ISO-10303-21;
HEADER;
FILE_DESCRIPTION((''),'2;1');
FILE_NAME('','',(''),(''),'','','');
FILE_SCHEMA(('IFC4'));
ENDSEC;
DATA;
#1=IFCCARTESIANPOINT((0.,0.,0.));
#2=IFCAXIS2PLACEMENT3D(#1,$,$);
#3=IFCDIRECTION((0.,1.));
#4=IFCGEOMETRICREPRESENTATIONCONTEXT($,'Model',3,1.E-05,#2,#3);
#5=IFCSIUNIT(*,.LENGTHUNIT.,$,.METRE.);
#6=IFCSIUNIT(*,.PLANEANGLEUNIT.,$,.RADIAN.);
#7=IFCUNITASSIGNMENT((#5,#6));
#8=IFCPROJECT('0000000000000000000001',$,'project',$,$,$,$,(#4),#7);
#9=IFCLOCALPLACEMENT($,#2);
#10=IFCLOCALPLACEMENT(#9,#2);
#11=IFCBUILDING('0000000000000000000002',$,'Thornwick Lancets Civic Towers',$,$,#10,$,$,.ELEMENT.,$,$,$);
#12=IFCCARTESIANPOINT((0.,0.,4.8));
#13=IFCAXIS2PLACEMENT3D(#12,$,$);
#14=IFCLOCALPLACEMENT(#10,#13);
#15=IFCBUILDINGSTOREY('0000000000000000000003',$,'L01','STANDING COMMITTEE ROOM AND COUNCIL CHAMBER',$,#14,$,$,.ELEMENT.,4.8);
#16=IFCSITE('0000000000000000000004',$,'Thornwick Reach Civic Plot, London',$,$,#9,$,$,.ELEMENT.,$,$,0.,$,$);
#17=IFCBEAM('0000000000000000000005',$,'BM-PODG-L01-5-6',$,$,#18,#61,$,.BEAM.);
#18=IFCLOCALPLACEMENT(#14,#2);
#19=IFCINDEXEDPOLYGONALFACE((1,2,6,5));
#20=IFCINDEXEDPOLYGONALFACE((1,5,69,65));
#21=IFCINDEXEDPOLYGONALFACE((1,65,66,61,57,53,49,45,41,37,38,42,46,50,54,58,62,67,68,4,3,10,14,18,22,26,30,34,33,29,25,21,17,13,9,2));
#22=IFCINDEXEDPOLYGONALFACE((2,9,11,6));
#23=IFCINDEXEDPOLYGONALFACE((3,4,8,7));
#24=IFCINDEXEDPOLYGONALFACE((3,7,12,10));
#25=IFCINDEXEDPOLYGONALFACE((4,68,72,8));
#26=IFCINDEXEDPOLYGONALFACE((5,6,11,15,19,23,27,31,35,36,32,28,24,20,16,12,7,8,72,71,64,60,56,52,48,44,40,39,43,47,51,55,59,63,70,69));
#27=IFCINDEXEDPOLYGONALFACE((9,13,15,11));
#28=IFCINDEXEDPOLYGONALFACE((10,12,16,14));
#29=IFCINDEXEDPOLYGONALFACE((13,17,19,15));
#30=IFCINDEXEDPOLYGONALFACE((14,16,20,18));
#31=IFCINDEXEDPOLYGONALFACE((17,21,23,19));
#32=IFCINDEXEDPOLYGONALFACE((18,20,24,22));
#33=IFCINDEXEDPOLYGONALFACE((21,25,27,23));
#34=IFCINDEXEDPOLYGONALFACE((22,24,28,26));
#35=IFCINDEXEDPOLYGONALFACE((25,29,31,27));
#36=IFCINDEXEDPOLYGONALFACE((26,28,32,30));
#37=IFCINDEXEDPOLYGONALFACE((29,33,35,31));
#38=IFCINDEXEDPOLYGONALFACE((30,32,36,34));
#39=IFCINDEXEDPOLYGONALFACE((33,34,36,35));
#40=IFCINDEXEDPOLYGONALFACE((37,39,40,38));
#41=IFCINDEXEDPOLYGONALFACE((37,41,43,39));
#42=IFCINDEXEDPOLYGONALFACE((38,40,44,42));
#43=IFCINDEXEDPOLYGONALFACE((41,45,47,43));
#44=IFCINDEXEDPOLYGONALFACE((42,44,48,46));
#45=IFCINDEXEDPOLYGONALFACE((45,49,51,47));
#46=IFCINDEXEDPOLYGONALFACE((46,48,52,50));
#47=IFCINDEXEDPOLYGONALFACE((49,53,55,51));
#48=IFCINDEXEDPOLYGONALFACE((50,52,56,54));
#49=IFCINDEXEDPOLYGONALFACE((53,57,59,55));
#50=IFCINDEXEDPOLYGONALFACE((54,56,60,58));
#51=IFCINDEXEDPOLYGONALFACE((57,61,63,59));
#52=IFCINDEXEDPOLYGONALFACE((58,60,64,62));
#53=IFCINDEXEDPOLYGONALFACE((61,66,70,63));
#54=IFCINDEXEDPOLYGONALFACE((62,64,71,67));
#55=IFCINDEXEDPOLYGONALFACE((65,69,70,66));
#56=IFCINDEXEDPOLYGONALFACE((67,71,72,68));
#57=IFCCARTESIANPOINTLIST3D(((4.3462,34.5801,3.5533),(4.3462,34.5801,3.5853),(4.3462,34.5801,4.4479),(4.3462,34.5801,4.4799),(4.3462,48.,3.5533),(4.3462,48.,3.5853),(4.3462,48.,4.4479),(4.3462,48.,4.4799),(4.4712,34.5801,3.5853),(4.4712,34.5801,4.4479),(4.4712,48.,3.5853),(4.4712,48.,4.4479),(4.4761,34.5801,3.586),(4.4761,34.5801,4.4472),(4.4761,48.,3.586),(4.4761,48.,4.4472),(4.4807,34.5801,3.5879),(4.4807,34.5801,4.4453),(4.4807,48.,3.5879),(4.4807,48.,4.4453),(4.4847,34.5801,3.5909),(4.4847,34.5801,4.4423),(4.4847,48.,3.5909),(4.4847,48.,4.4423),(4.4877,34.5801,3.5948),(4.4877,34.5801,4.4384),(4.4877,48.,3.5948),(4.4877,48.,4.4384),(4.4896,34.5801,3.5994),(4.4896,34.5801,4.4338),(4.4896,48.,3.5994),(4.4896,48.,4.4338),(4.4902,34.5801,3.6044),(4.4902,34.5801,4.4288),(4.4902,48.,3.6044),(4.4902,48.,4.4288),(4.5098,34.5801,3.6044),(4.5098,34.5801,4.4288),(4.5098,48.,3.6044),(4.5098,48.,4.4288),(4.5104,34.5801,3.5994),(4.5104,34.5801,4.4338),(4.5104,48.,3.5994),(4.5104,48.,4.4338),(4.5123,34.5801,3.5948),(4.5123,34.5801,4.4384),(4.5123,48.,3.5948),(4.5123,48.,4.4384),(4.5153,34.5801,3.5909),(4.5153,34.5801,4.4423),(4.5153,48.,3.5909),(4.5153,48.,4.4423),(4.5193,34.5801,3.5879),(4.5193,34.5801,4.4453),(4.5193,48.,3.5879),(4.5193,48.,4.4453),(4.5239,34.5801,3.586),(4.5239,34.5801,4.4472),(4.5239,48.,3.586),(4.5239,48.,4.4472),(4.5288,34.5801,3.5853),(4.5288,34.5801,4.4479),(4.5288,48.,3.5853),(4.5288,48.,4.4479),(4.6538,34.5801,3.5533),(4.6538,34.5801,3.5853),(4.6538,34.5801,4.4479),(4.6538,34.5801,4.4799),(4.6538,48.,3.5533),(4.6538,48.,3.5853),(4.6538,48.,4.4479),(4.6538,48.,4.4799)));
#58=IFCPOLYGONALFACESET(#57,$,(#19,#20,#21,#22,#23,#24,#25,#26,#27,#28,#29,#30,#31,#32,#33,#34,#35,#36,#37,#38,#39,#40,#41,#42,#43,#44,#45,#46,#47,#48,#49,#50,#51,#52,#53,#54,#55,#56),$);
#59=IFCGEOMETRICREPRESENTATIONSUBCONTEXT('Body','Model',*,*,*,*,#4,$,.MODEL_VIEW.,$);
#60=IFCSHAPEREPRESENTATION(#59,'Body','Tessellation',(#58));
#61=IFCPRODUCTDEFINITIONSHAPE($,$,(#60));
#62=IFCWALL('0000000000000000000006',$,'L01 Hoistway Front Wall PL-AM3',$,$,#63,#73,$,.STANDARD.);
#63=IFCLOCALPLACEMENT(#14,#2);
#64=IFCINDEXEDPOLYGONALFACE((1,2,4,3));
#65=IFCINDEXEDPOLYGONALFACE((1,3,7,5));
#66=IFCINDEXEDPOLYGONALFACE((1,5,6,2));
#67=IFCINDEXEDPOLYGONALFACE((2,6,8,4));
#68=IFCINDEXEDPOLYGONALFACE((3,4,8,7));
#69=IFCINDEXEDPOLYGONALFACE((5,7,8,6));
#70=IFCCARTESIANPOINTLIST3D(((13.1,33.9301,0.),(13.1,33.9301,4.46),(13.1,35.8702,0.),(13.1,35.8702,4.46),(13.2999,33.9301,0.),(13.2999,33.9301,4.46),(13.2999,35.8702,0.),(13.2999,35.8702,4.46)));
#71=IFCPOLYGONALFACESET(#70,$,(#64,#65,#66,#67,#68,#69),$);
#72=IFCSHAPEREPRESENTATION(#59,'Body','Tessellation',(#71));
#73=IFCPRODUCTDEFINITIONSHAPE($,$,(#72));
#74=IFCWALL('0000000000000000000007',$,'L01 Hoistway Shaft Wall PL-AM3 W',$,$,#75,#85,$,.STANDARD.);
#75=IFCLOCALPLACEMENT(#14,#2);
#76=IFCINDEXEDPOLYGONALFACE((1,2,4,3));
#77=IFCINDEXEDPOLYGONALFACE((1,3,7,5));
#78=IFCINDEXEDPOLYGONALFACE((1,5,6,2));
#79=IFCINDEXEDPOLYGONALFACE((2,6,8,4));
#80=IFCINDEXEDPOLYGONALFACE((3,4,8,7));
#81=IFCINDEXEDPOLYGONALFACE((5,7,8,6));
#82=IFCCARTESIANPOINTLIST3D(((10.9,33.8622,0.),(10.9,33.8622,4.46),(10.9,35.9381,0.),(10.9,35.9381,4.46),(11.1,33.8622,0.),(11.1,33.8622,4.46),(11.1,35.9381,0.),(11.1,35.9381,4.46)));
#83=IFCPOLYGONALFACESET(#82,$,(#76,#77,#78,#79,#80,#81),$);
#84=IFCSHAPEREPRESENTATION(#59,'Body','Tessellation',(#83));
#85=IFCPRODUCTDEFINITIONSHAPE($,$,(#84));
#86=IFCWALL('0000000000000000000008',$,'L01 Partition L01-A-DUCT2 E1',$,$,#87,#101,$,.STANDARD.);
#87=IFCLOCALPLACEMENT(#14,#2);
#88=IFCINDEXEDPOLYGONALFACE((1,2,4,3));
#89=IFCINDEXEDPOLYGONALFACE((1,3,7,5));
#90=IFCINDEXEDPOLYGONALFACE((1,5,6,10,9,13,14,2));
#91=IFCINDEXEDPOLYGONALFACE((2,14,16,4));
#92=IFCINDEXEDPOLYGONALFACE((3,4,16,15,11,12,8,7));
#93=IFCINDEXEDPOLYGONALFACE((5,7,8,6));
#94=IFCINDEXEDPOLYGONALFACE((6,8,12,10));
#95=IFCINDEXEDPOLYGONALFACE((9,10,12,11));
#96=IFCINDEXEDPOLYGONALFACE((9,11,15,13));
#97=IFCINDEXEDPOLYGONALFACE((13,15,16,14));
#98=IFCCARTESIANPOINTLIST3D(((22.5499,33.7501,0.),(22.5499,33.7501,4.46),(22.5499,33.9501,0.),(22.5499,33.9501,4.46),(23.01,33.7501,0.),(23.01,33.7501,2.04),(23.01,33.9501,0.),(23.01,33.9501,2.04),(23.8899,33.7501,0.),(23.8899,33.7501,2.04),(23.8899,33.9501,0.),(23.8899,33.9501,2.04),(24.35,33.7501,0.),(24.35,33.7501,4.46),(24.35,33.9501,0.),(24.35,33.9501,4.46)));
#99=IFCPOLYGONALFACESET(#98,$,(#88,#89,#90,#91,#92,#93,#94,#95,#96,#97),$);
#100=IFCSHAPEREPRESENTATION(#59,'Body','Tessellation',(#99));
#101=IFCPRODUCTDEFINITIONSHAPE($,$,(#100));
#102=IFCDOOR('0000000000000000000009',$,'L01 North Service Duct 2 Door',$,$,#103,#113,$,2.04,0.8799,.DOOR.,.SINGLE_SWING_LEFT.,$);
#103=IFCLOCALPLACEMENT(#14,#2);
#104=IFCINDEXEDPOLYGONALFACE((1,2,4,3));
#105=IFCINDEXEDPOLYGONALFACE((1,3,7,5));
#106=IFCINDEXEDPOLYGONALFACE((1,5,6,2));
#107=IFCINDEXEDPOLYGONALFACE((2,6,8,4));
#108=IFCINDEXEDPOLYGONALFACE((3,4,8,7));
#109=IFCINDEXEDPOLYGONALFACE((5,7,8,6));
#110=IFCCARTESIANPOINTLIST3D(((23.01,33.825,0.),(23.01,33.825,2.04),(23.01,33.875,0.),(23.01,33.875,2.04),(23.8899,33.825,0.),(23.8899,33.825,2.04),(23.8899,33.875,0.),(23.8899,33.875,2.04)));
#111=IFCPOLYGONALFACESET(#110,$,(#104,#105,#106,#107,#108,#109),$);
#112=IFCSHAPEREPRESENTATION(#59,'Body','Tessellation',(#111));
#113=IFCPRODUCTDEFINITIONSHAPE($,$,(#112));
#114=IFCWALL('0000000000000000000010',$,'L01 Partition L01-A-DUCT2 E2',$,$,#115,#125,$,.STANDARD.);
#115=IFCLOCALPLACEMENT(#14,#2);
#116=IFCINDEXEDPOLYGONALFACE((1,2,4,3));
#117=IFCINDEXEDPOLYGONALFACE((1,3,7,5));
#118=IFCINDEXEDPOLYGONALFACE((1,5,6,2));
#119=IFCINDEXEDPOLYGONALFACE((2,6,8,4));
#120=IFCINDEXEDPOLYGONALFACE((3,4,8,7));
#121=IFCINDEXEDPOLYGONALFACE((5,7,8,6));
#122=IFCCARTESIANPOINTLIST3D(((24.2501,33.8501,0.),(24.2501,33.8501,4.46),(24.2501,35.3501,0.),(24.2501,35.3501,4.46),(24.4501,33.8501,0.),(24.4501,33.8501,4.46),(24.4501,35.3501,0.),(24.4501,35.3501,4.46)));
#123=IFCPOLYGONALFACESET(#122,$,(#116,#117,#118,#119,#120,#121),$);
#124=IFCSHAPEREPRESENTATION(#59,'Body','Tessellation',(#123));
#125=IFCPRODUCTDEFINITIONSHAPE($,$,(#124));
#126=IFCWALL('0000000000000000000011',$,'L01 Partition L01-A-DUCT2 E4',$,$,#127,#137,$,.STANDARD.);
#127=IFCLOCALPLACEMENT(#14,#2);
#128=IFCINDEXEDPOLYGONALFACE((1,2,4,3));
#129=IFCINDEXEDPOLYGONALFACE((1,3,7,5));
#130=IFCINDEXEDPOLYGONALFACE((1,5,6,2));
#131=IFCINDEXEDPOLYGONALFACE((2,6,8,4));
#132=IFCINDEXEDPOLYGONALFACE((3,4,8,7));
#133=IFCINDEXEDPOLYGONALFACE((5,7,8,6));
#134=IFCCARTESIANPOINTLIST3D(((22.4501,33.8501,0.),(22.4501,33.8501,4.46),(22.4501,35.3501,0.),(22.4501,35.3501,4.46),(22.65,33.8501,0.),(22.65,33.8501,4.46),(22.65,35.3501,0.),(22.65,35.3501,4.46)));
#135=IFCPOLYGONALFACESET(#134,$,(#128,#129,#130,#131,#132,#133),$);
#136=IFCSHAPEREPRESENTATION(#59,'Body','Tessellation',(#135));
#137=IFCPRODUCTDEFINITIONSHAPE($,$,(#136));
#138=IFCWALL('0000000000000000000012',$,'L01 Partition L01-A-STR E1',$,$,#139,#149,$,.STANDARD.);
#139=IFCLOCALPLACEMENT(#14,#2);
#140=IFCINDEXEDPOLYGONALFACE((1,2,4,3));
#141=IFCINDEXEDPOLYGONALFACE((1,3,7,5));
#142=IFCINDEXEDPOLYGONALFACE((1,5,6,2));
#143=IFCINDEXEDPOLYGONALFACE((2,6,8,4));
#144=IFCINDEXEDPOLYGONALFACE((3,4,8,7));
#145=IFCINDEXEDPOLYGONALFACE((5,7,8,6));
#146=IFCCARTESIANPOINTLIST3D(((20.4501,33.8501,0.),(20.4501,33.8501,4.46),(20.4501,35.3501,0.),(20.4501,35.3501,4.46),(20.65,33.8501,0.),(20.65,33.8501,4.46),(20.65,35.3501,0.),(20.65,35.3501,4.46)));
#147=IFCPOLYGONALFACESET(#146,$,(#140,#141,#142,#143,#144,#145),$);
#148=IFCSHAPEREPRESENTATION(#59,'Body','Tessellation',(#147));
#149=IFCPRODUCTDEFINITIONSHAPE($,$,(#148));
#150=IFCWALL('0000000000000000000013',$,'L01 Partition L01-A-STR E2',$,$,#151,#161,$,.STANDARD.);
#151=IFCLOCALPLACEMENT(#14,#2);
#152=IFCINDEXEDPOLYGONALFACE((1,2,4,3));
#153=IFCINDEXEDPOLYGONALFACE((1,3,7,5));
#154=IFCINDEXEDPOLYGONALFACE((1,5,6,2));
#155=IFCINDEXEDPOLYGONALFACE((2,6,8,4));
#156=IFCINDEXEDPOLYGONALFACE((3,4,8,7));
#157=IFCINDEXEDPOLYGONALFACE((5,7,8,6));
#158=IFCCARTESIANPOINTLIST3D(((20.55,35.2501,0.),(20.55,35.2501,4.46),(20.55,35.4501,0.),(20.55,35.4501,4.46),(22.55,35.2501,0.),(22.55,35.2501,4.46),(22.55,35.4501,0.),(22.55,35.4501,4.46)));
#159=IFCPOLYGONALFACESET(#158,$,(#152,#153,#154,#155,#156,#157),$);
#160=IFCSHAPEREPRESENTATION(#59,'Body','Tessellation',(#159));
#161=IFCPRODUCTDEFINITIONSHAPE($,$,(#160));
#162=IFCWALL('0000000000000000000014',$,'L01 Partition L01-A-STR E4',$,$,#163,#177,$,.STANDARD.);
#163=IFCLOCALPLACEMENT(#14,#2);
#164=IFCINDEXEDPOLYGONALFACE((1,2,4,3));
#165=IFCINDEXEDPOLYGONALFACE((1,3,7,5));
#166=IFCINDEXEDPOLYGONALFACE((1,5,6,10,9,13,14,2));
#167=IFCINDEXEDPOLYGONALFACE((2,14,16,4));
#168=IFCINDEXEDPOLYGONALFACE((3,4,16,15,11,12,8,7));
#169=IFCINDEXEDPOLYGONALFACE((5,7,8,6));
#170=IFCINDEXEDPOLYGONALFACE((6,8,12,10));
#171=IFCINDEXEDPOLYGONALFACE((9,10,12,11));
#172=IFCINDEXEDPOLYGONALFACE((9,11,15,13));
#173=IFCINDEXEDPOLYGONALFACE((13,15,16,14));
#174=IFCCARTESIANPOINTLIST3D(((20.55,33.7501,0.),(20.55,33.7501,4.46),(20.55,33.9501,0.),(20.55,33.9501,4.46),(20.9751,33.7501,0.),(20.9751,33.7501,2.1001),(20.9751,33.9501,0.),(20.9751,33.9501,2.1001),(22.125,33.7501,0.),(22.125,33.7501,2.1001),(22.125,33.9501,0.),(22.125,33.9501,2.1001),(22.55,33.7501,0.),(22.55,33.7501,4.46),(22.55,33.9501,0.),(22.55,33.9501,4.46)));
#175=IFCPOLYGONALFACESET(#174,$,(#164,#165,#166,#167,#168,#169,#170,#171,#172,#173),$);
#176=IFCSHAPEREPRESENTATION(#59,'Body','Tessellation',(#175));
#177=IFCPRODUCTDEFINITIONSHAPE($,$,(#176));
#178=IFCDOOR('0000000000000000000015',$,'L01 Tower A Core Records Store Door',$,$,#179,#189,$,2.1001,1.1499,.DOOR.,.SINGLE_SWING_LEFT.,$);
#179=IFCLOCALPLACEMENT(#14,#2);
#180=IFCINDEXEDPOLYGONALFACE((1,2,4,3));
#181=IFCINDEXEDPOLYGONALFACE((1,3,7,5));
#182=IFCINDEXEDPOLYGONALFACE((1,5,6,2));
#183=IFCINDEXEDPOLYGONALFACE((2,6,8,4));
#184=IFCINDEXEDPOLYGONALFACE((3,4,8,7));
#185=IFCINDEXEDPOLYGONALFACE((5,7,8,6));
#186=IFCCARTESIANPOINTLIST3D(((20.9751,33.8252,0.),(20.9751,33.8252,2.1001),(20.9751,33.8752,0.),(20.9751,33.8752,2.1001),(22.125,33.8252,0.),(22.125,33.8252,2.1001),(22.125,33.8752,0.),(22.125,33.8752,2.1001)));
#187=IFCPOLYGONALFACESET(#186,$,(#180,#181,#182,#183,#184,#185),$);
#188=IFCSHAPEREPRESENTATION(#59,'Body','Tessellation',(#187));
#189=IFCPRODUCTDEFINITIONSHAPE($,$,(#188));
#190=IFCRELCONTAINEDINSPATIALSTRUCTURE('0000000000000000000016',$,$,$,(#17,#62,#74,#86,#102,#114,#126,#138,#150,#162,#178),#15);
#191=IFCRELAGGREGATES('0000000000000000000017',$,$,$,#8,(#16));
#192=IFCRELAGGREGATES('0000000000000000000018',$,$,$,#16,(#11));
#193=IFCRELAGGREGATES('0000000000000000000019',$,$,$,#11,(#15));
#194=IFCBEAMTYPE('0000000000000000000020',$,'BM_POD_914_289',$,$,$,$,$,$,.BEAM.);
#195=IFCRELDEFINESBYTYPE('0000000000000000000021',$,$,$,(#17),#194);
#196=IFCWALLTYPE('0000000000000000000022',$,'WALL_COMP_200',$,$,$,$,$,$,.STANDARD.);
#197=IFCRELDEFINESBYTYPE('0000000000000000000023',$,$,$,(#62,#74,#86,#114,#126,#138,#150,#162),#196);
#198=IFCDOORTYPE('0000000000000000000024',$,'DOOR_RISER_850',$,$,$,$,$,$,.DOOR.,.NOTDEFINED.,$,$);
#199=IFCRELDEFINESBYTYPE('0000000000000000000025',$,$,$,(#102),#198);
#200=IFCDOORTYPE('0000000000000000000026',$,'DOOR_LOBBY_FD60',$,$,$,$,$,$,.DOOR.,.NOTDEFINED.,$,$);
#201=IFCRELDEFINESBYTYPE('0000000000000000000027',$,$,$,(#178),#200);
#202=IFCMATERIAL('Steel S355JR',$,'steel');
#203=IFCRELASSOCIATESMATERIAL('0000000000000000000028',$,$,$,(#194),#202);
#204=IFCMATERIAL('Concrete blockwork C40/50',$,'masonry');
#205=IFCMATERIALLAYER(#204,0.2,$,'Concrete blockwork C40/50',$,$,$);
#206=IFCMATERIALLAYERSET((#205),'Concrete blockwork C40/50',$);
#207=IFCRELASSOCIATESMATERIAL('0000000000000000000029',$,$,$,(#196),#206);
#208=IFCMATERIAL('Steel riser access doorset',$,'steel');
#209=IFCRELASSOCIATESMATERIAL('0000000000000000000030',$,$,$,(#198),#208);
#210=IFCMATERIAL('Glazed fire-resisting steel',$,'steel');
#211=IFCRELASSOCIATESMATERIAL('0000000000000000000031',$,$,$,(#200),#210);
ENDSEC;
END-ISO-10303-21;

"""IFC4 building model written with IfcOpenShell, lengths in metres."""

from ifc_helpers import new_model, si_unit, direction, frame, frame_2d, origin, origin_2d, place, context, subcontext, project, spatial, rectangle, i_section, extrude, material, layer, layer_set, material_profile, profile_set, type_object, element, fill, save


model = new_model("IFC4")

# Units and contexts
model_context = context("Model", 3, precision=1e-05, world=origin(), true_north=direction((0.0, 1.0)))
body_context = subcontext(model_context, "Body", "Model", "MODEL_VIEW")
ifc_project = project(units=[si_unit("LENGTHUNIT", "METRE"), si_unit("PLANEANGLEUNIT", "RADIAN")], contexts=[model_context])

# Site, building, storey
site_placement = place(None, origin())
site = spatial("IfcSite", under=ifc_project, at=site_placement, Name="Thornwick Reach Civic Plot, London", CompositionType="ELEMENT", RefElevation=0.0)
building_placement = place(site_placement, origin())
building = spatial("IfcBuilding", under=site, at=building_placement, Name="Thornwick Lancets Civic Towers", CompositionType="ELEMENT")
storey_placement = place(building_placement, frame((0.0, 0.0, 4.8)))
storey = spatial("IfcBuildingStorey", under=building, at=storey_placement, Name="L01", Description="STANDING COMMITTEE ROOM AND COUNCIL CHAMBER", CompositionType="ELEMENT", Elevation=4.8)

# Beam
ifc_material_1 = material(Name="Steel S355JR", Category="steel")
ifc_material_profile_1 = material_profile(ifc_material_1, i_section(OverallWidth=0.3076, OverallDepth=0.9265, WebThickness=0.0195, FlangeThickness=0.032, FilletRadius=0.019, at=origin_2d()), Name="UKB 914x305x289")
ifc_profile_set_1 = profile_set([ifc_material_profile_1], Name="Steel S355JR")
beam_type_1 = type_object("IfcBeamType", Name="BM_POD_914_289", PredefinedType="BEAM", material=ifc_profile_set_1)
beam_1_placement = place(storey_placement, frame((4.5, 34.5801, 4.0166), z_axis=(0.0, 1.0, 0.0), x_axis=(-1.0, 0.0, 0.0)))
element("IfcBeam", 1, at=beam_1_placement, inside=storey, type_object=beam_type_1, Name="BM-PODG-L01-5-6", PredefinedType="BEAM", context=body_context, shape_type="SweptSolid", body=[
    extrude(i_section(OverallWidth=0.3076, OverallDepth=0.9265, WebThickness=0.0195, FlangeThickness=0.032, FilletRadius=0.019, at=origin_2d()), origin(), (0.0, 0.0, 1.0), 13.4199),
])

# Walls
ifc_material_2 = material(Name="Concrete blockwork C40/50", Category="masonry")
ifc_layer_1 = layer(ifc_material_2, 0.2, Name="Concrete blockwork C40/50")
ifc_layer_set_1 = layer_set([ifc_layer_1], Name="Concrete blockwork C40/50")
wall_type_1 = type_object("IfcWallType", Name="WALL_COMP_200", PredefinedType="STANDARD", material=ifc_layer_set_1)
wall_1_placement = place(storey_placement, frame((13.2, 33.9299, 0.0), z_axis=(0.0, 0.0, 1.0), x_axis=(0.0, 1.0, 0.0)))
element("IfcWall", 2, at=wall_1_placement, inside=storey, type_object=wall_type_1, Name="L01 Hoistway Front Wall PL-AM3", PredefinedType="STANDARD", context=body_context, shape_type="SweptSolid", body=[
    extrude(rectangle(XDim=1.9402, YDim=0.2, at=frame_2d((0.9702, 0.0))), origin(), (0.0, 0.0, 1.0), 4.46),
])
wall_2_placement = place(storey_placement, frame((11.0, 33.8621, 0.0), z_axis=(0.0, 0.0, 1.0), x_axis=(0.0, 1.0, 0.0)))
element("IfcWall", 3, at=wall_2_placement, inside=storey, type_object=wall_type_1, Name="L01 Hoistway Shaft Wall PL-AM3 W", PredefinedType="STANDARD", context=body_context, shape_type="SweptSolid", body=[
    extrude(rectangle(XDim=2.0759, YDim=0.2, at=frame_2d((1.0381, 0.0))), origin(), (0.0, 0.0, 1.0), 4.46),
])

# Wall, opening, door
wall_3_placement = place(storey_placement, frame((22.55, 33.8501, 0.0), z_axis=(0.0, 0.0, 1.0), x_axis=(1.0, 0.0, 0.0)))
wall_3 = element("IfcWall", 4, at=wall_3_placement, inside=storey, type_object=wall_type_1, Name="L01 Partition L01-A-DUCT2 E1", PredefinedType="STANDARD", context=body_context, shape_type="SweptSolid", body=[
    extrude(rectangle(XDim=1.8, YDim=0.2, at=frame_2d((0.8999, 0.0))), origin(), (0.0, 0.0, 1.0), 4.46),
])
opening_1_placement = place(wall_3_placement, frame((0.46, 0.0, 0.0)))
opening_1 = element("IfcOpeningElement", 5, at=opening_1_placement, cuts=wall_3, PredefinedType="OPENING", context=body_context, shape_type="SweptSolid", body=[
    extrude(rectangle(XDim=0.8799, YDim=2.04, at=frame_2d((0.4399, 1.02))), frame((0.0, 0.1099, 0.0), z_axis=(0.0, -1.0, 0.0), x_axis=(1.0, 0.0, 0.0)), (0.0, 0.0, 1.0), 0.22),
])
ifc_material_3 = material(Name="Steel riser access doorset", Category="steel")
door_type_1 = type_object("IfcDoorType", Name="DOOR_RISER_850", OperationType="NOTDEFINED", PredefinedType="DOOR", material=ifc_material_3)
door_1_placement = place(opening_1_placement, origin())
door_1 = element("IfcDoor", 6, at=door_1_placement, inside=storey, type_object=door_type_1, Name="L01 North Service Duct 2 Door", OperationType="SINGLE_SWING_LEFT", OverallHeight=2.04, OverallWidth=0.8799, PredefinedType="DOOR", context=body_context, shape_type="SweptSolid", body=[
    extrude(rectangle(XDim=0.8799, YDim=2.04, at=frame_2d((0.4399, 1.02))), frame((0.0, 0.0249, 0.0), z_axis=(0.0, -1.0, 0.0), x_axis=(1.0, 0.0, 0.0)), (0.0, 0.0, 1.0), 0.05),
])
fill(opening_1, door_1)

# Walls
for number, where, z_axis, x_axis, name in (
    (7, (24.3501, 33.8501, 0.0), (0.0, 0.0, 1.0), (0.0, 1.0, 0.0), "L01 Partition L01-A-DUCT2 E2"),
    (8, (22.55, 35.3501, 0.0), (0.0, 0.0, 1.0), (0.0, -1.0, 0.0), "L01 Partition L01-A-DUCT2 E4"),
    (9, (20.55, 33.8501, 0.0), (0.0, 0.0, 1.0), (0.0, 1.0, 0.0), "L01 Partition L01-A-STR E1"),
):
    element("IfcWall", number, at=place(storey_placement, frame(where, z_axis=z_axis, x_axis=x_axis)), inside=storey, type_object=wall_type_1, Name=name, PredefinedType="STANDARD", context=body_context, shape_type="SweptSolid", body=[
        extrude(rectangle(XDim=1.5, YDim=0.2, at=frame_2d((0.75, 0.0))), origin(), (0.0, 0.0, 1.0), 4.46),
    ])
wall_4_placement = place(storey_placement, frame((20.55, 35.3501, 0.0), z_axis=(0.0, 0.0, 1.0), x_axis=(1.0, 0.0, 0.0)))
element("IfcWall", 10, at=wall_4_placement, inside=storey, type_object=wall_type_1, Name="L01 Partition L01-A-STR E2", PredefinedType="STANDARD", context=body_context, shape_type="SweptSolid", body=[
    extrude(rectangle(XDim=2.0, YDim=0.2, at=frame_2d((1.0, 0.0))), origin(), (0.0, 0.0, 1.0), 4.46),
])

# Wall, opening, door
wall_5_placement = place(storey_placement, frame((22.55, 33.8501, 0.0), z_axis=(0.0, 0.0, 1.0), x_axis=(-1.0, 0.0, 0.0)))
wall_5 = element("IfcWall", 11, at=wall_5_placement, inside=storey, type_object=wall_type_1, Name="L01 Partition L01-A-STR E4", PredefinedType="STANDARD", context=body_context, shape_type="SweptSolid", body=[
    extrude(rectangle(XDim=2.0, YDim=0.2, at=frame_2d((1.0, 0.0))), origin(), (0.0, 0.0, 1.0), 4.46),
])
opening_2_placement = place(wall_5_placement, frame((0.425, 0.0, 0.0)))
opening_2 = element("IfcOpeningElement", 12, at=opening_2_placement, cuts=wall_5, PredefinedType="OPENING", context=body_context, shape_type="SweptSolid", body=[
    extrude(rectangle(XDim=1.1499, YDim=2.1001, at=frame_2d((0.575, 1.05))), frame((0.0, 0.1099, 0.0), z_axis=(0.0, -1.0, 0.0), x_axis=(1.0, 0.0, 0.0)), (0.0, 0.0, 1.0), 0.22),
])
ifc_material_4 = material(Name="Glazed fire-resisting steel", Category="steel")
door_type_2 = type_object("IfcDoorType", Name="DOOR_LOBBY_FD60", OperationType="NOTDEFINED", PredefinedType="DOOR", material=ifc_material_4)
door_2_placement = place(opening_2_placement, origin())
door_2 = element("IfcDoor", 13, at=door_2_placement, inside=storey, type_object=door_type_2, Name="L01 Tower A Core Records Store Door", OperationType="SINGLE_SWING_LEFT", OverallHeight=2.1001, OverallWidth=1.1499, PredefinedType="DOOR", context=body_context, shape_type="SweptSolid", body=[
    extrude(rectangle(XDim=1.1499, YDim=2.1001, at=frame_2d((0.575, 1.05))), frame((0.0, 0.0249, 0.0), z_axis=(0.0, -1.0, 0.0), x_axis=(1.0, 0.0, 0.0)), (0.0, 0.0, 1.0), 0.05),
])
fill(opening_2, door_2)

save(model, "model.ifc")
